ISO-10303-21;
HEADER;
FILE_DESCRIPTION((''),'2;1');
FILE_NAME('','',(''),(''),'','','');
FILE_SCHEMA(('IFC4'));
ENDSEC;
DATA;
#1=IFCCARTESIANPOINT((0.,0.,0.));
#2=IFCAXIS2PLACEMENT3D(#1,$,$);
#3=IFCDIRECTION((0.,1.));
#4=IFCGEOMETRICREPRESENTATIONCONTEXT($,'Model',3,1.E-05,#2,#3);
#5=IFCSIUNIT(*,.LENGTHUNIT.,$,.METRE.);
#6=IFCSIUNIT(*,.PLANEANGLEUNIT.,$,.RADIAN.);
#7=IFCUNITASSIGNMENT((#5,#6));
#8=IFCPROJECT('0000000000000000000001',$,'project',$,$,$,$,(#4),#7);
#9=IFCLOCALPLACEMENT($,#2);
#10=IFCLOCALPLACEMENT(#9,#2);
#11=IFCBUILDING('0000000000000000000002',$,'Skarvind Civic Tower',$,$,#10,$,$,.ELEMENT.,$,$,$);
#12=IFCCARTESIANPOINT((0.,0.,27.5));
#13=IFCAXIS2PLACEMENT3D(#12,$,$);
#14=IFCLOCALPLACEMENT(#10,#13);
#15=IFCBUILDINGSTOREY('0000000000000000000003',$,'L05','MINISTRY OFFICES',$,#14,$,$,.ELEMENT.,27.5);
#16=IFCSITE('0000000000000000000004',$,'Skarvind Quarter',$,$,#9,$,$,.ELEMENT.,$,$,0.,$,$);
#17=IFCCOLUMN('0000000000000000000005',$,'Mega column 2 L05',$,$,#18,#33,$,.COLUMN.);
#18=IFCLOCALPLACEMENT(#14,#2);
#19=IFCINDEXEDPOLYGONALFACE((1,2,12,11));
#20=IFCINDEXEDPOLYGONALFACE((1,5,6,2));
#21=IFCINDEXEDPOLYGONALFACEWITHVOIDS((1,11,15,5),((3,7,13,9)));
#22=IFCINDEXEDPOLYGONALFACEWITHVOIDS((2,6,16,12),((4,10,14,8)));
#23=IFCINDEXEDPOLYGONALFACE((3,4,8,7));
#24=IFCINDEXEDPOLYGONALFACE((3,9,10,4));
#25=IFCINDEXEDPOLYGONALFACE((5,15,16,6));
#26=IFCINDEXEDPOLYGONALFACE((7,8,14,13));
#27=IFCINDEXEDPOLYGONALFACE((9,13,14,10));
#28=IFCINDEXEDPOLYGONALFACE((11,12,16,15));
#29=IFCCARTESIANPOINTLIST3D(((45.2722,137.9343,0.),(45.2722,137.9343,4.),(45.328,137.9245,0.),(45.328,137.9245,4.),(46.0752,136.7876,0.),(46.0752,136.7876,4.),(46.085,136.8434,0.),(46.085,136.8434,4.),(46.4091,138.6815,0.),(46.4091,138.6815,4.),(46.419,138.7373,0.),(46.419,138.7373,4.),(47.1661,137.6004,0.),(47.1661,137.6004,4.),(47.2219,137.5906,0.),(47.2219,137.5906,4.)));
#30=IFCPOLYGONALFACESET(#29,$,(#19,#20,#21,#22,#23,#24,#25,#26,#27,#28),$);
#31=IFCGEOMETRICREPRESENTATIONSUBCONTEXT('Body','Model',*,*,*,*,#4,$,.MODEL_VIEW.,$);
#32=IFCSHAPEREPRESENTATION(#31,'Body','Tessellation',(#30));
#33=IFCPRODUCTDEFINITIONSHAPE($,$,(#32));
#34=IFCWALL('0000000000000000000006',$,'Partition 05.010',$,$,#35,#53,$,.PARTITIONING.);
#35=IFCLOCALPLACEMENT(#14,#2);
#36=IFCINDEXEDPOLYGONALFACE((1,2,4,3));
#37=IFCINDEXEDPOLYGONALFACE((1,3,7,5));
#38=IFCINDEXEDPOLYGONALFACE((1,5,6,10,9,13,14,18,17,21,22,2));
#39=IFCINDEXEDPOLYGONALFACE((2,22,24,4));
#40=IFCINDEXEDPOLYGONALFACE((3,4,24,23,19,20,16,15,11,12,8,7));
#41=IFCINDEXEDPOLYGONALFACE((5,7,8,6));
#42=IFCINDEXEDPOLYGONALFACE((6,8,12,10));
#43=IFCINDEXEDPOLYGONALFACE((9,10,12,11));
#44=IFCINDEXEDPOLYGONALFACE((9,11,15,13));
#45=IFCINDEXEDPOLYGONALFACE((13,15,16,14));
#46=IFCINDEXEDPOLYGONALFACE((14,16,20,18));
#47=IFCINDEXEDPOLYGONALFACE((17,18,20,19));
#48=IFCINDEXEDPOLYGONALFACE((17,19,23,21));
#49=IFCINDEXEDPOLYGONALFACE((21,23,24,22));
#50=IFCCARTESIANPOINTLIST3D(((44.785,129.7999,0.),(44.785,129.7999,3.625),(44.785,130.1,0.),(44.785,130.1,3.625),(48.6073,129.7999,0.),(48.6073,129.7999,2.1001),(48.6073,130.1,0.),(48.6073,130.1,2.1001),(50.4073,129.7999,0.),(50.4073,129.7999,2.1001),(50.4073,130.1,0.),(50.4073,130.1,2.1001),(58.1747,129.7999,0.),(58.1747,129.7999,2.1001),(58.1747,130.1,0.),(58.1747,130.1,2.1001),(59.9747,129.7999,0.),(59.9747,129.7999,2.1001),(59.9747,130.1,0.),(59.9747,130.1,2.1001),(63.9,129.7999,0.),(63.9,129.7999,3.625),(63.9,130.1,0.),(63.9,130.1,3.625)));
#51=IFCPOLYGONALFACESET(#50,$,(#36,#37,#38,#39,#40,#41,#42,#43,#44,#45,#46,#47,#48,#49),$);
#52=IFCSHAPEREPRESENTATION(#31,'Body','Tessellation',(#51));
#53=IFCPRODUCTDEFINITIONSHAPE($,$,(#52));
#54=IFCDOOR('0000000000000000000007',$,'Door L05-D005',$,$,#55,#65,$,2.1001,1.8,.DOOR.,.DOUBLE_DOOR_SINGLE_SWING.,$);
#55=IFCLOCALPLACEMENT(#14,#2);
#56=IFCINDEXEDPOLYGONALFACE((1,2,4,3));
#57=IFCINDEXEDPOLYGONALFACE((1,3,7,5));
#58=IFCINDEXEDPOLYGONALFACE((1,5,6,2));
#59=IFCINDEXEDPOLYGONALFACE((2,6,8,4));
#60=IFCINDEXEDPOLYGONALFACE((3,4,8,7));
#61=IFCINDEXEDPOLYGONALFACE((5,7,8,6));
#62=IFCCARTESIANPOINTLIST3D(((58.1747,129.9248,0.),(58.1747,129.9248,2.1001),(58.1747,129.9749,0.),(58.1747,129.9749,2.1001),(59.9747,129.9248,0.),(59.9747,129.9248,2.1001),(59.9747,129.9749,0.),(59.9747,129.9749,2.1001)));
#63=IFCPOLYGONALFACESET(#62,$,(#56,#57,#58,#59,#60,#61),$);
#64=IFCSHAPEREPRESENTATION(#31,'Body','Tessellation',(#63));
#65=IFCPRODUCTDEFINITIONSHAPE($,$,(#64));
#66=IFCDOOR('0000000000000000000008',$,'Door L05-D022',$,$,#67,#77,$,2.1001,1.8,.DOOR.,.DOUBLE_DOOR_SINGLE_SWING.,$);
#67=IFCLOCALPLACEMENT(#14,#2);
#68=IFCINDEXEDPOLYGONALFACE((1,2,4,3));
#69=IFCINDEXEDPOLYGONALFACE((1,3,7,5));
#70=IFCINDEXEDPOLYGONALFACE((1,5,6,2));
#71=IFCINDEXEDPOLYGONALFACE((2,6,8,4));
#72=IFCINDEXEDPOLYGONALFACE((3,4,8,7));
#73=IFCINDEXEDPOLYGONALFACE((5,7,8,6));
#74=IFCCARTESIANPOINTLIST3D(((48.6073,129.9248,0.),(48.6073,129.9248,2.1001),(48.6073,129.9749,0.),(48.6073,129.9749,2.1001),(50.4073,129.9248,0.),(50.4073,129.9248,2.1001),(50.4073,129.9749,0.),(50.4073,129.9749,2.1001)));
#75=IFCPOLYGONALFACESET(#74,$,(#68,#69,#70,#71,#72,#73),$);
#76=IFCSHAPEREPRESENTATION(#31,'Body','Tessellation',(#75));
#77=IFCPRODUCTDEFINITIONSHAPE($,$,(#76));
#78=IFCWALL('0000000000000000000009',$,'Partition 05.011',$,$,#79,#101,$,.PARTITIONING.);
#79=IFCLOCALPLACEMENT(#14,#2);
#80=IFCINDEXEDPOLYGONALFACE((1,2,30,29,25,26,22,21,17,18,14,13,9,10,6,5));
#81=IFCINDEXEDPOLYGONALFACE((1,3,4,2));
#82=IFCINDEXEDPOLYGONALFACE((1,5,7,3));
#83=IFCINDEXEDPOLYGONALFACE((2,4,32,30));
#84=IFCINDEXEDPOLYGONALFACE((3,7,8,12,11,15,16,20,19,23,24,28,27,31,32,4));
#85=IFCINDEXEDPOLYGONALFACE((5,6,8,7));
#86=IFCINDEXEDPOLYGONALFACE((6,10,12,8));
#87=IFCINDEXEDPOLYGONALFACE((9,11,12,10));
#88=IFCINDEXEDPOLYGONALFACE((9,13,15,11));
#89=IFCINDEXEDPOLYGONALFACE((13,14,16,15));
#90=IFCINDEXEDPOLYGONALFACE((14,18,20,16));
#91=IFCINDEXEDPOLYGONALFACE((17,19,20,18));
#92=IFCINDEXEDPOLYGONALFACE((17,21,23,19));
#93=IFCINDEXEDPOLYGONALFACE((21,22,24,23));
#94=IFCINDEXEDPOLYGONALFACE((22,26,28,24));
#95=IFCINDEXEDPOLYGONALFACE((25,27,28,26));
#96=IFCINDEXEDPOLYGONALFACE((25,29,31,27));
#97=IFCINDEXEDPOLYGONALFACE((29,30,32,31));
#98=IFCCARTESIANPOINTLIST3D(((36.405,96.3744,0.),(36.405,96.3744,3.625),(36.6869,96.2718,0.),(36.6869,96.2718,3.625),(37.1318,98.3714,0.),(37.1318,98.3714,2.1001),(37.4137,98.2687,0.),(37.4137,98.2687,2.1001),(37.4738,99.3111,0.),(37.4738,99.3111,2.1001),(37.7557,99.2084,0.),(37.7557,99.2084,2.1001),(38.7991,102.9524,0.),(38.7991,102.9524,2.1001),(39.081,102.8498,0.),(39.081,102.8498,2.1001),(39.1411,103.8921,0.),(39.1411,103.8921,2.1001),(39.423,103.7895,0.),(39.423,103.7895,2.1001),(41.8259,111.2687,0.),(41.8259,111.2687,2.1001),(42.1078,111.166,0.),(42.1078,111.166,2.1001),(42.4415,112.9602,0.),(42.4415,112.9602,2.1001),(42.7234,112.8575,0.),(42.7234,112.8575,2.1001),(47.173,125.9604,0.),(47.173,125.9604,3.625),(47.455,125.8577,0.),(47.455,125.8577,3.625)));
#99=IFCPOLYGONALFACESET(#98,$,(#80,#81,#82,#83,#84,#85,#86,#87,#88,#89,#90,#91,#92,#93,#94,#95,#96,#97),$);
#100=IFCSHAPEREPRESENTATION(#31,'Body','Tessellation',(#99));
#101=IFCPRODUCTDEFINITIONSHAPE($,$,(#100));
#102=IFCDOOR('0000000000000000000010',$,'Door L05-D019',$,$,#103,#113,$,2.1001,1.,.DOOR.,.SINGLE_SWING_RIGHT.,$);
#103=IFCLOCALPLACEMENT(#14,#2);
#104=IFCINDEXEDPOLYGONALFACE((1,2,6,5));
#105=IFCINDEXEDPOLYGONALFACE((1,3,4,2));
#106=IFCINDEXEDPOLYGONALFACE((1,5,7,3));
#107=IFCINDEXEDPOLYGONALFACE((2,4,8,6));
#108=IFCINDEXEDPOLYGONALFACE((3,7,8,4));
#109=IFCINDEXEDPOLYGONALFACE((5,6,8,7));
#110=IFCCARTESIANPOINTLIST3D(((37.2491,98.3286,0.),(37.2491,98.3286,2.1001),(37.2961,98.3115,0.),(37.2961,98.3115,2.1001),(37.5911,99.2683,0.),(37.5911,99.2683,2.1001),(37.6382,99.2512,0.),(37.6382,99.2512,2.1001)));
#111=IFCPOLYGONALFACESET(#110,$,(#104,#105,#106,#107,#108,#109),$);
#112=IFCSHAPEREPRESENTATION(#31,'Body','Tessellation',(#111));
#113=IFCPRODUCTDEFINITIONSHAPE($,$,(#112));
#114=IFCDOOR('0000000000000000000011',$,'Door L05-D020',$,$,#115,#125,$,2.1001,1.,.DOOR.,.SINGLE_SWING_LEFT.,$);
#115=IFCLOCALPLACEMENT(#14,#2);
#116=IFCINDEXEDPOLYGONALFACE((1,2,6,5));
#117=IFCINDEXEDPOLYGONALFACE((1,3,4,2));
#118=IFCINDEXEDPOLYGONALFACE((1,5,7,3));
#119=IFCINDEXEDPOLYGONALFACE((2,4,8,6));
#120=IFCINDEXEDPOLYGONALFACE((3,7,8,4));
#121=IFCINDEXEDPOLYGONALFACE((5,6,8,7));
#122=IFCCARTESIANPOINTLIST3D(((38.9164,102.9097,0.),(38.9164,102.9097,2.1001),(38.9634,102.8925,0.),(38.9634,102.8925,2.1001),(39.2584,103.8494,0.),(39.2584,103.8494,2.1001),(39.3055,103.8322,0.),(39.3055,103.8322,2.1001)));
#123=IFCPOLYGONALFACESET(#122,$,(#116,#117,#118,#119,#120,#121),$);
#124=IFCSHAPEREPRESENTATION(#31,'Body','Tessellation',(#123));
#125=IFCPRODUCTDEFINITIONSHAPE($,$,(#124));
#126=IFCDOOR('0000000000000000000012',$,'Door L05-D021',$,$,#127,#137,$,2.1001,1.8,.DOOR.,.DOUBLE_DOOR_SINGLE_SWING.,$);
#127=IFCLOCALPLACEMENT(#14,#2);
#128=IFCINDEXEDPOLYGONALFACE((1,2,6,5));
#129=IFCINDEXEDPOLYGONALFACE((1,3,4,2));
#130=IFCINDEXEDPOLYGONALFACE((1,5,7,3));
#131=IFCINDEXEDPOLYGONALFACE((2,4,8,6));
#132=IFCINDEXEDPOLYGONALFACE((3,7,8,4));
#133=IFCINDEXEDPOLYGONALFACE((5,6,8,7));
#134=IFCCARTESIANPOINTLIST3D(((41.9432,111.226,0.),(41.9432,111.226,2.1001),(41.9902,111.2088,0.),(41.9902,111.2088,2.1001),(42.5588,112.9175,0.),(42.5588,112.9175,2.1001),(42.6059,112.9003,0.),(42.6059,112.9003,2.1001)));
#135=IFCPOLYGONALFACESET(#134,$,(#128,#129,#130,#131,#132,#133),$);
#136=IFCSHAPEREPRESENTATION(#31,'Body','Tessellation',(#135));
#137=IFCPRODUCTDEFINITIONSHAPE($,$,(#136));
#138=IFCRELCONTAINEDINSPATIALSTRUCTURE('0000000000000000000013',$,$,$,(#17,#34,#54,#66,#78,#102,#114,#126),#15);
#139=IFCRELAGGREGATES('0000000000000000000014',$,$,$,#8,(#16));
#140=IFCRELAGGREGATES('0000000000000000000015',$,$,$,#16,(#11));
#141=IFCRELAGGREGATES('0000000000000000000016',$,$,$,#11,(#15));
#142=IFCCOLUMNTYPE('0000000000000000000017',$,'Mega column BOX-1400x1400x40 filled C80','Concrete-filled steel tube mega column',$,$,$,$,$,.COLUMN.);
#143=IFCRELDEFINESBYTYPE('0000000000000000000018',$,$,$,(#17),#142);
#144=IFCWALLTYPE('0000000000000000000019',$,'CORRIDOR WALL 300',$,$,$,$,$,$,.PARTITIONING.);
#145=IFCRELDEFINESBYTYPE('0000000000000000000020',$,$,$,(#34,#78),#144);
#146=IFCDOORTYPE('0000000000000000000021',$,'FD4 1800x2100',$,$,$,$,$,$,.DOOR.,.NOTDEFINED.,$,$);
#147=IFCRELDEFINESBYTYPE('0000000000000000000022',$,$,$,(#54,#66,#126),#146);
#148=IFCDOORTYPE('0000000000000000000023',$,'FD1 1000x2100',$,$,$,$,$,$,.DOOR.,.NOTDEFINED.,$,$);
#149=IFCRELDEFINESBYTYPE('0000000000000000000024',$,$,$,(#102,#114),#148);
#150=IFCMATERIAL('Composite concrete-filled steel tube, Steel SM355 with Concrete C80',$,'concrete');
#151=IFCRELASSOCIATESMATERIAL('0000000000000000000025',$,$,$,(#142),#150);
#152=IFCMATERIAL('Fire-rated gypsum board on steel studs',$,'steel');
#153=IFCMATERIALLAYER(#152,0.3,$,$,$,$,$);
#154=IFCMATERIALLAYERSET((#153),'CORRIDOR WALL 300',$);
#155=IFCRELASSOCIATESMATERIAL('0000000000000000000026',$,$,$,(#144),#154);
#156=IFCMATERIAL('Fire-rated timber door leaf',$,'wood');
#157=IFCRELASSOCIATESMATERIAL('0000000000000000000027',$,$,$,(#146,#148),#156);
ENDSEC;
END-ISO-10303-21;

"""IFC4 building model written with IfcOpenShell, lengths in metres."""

from ifc_helpers import new_model, si_unit, direction, frame, frame_2d, origin, origin_2d, place, context, subcontext, project, spatial, rectangle, hollow_rectangle, extrude, material, layer, layer_set, material_profile, profile_set, type_object, element, fill, save


model = new_model("IFC4")

# Units and contexts
model_context = context("Model", 3, precision=1e-05, world=origin(), true_north=direction((0.0, 1.0)))
body_context = subcontext(model_context, "Body", "Model", "MODEL_VIEW")
ifc_project = project(units=[si_unit("LENGTHUNIT", "METRE"), si_unit("PLANEANGLEUNIT", "RADIAN")], contexts=[model_context])

# Site, building, storey
site_placement = place(None, origin())
site = spatial("IfcSite", under=ifc_project, at=site_placement, Name="Skarvind Quarter", CompositionType="ELEMENT", RefElevation=0.0)
building_placement = place(site_placement, origin())
building = spatial("IfcBuilding", under=site, at=building_placement, Name="Skarvind Civic Tower", CompositionType="ELEMENT")
storey_placement = place(building_placement, frame((0.0, 0.0, 27.5)))
storey = spatial("IfcBuildingStorey", under=building, at=storey_placement, Name="L05", Description="MINISTRY OFFICES", CompositionType="ELEMENT", Elevation=27.5)

# Column
ifc_material_1 = material(Name="Composite concrete-filled steel tube, Steel SM355 with Concrete C80", Category="concrete")
ifc_material_profile = material_profile(ifc_material_1, hollow_rectangle(XDim=1.3999, YDim=1.3999, WallThickness=0.04, at=origin_2d()), Name="BOX-1400x1400x40")
ifc_profile_set = profile_set([ifc_material_profile], Name="Composite concrete-filled steel tube, Steel SM355 with Concrete C80")
column_type = type_object("IfcColumnType", Name="Mega column BOX-1400x1400x40 filled C80", Description="Concrete-filled steel tube mega column", PredefinedType="COLUMN", material=ifc_profile_set)
column_placement = place(storey_placement, frame((46.2471, 137.7625, 0.0), z_axis=(0.0, 0.0, 1.0), x_axis=(0.573576, -0.819152, 0.0)))
element("IfcColumn", 1, at=column_placement, inside=storey, type_object=column_type, Name="Mega column 2 L05", PredefinedType="COLUMN", context=body_context, shape_type="SweptSolid", body=[
    extrude(hollow_rectangle(XDim=1.3999, YDim=1.3999, WallThickness=0.04, at=origin_2d()), origin(), (0.0, 0.0, 1.0), 4.0),
])

# Walls, openings, doors
ifc_material_2 = material(Name="Fire-rated gypsum board on steel studs", Category="steel")
ifc_layer_1 = layer(ifc_material_2, 0.3)
ifc_layer_set_1 = layer_set([ifc_layer_1], Name="CORRIDOR WALL 300")
wall_type_1 = type_object("IfcWallType", Name="CORRIDOR WALL 300", PredefinedType="PARTITIONING", material=ifc_layer_set_1)
wall_1_placement = place(storey_placement, frame((44.7849, 129.95, 0.0), z_axis=(0.0, 0.0, 1.0), x_axis=(1.0, 0.0, 0.0)))
wall_1 = element("IfcWall", 2, at=wall_1_placement, inside=storey, type_object=wall_type_1, Name="Partition 05.010", PredefinedType="PARTITIONING", context=body_context, shape_type="SweptSolid", body=[
    extrude(rectangle(XDim=19.115, YDim=0.3, at=frame_2d((9.5576, 0.0))), origin(), (0.0, 0.0, 1.0), 3.625),
])
opening_1_placement = place(wall_1_placement, frame((13.3899, 0.0, 0.0)))
opening_1 = element("IfcOpeningElement", 3, at=opening_1_placement, cuts=wall_1, PredefinedType="OPENING", context=body_context, shape_type="SweptSolid", body=[
    extrude(rectangle(XDim=1.8, YDim=2.1001, at=frame_2d((0.8999, 1.05))), frame((0.0, 0.1599, 0.0), z_axis=(0.0, -1.0, 0.0), x_axis=(1.0, 0.0, 0.0)), (0.0, 0.0, 1.0), 0.3201),
])
opening_2_placement = place(wall_1_placement, frame((3.8225, 0.0, 0.0)))
opening_2 = element("IfcOpeningElement", 4, at=opening_2_placement, cuts=wall_1, PredefinedType="OPENING", context=body_context, shape_type="SweptSolid", body=[
    extrude(rectangle(XDim=1.8, YDim=2.1001, at=frame_2d((0.8999, 1.05))), frame((0.0, 0.1599, 0.0), z_axis=(0.0, -1.0, 0.0), x_axis=(1.0, 0.0, 0.0)), (0.0, 0.0, 1.0), 0.3201),
])
ifc_material_3 = material(Name="Fire-rated timber door leaf", Category="wood")
door_type_1 = type_object("IfcDoorType", Name="FD4 1800x2100", OperationType="NOTDEFINED", PredefinedType="DOOR", material=ifc_material_3)
door_1_placement = place(opening_1_placement, origin())
door_1 = element("IfcDoor", 5, at=door_1_placement, inside=storey, type_object=door_type_1, Name="Door L05-D005", OperationType="DOUBLE_DOOR_SINGLE_SWING", OverallHeight=2.1001, OverallWidth=1.8, PredefinedType="DOOR", context=body_context, shape_type="SweptSolid", body=[
    extrude(rectangle(XDim=1.8, YDim=2.1001, at=frame_2d((0.8999, 1.05))), frame((0.0, 0.0249, 0.0), z_axis=(0.0, -1.0, 0.0), x_axis=(1.0, 0.0, 0.0)), (0.0, 0.0, 1.0), 0.05),
])
fill(opening_1, door_1)
door_2_placement = place(opening_2_placement, origin())
door_2 = element("IfcDoor", 6, at=door_2_placement, inside=storey, type_object=door_type_1, Name="Door L05-D022", OperationType="DOUBLE_DOOR_SINGLE_SWING", OverallHeight=2.1001, OverallWidth=1.8, PredefinedType="DOOR", context=body_context, shape_type="SweptSolid", body=[
    extrude(rectangle(XDim=1.8, YDim=2.1001, at=frame_2d((0.8999, 1.05))), frame((0.0, 0.0249, 0.0), z_axis=(0.0, -1.0, 0.0), x_axis=(1.0, 0.0, 0.0)), (0.0, 0.0, 1.0), 0.05),
])
fill(opening_2, door_2)
wall_2_placement = place(storey_placement, frame((47.314, 125.9089, 0.0), z_axis=(0.0, 0.0, 1.0), x_axis=(-0.342011, -0.939696, 0.0)))
wall_2 = element("IfcWall", 7, at=wall_2_placement, inside=storey, type_object=wall_type_1, Name="Partition 05.011", PredefinedType="PARTITIONING", context=body_context, shape_type="SweptSolid", body=[
    extrude(rectangle(XDim=31.4846, YDim=0.3, at=frame_2d((15.7422, 0.0))), origin(), (0.0, 0.0, 1.0), 3.625),
])
opening_3_placement = place(wall_2_placement, frame((28.3594, 0.0, 0.0)))
opening_3 = element("IfcOpeningElement", 8, at=opening_3_placement, cuts=wall_2, PredefinedType="OPENING", context=body_context, shape_type="SweptSolid", body=[
    extrude(rectangle(XDim=1.0, YDim=2.1001, at=frame_2d((0.5, 1.05))), frame((0.0, 0.1599, 0.0), z_axis=(0.0, -1.0, 0.0), x_axis=(1.0, 0.0, 0.0)), (0.0, 0.0, 1.0), 0.3201),
])
opening_4_placement = place(wall_2_placement, frame((23.4844, 0.0, 0.0)))
opening_4 = element("IfcOpeningElement", 9, at=opening_4_placement, cuts=wall_2, PredefinedType="OPENING", context=body_context, shape_type="SweptSolid", body=[
    extrude(rectangle(XDim=1.0, YDim=2.1001, at=frame_2d((0.5, 1.05))), frame((0.0, 0.1599, 0.0), z_axis=(0.0, -1.0, 0.0), x_axis=(1.0, 0.0, 0.0)), (0.0, 0.0, 1.0), 0.3201),
])
opening_5_placement = place(wall_2_placement, frame((13.8345, 0.0, 0.0)))
opening_5 = element("IfcOpeningElement", 10, at=opening_5_placement, cuts=wall_2, PredefinedType="OPENING", context=body_context, shape_type="SweptSolid", body=[
    extrude(rectangle(XDim=1.8, YDim=2.1001, at=frame_2d((0.8999, 1.05))), frame((0.0, 0.1599, 0.0), z_axis=(0.0, -1.0, 0.0), x_axis=(1.0, 0.0, 0.0)), (0.0, 0.0, 1.0), 0.3201),
])
door_type_2 = type_object("IfcDoorType", Name="FD1 1000x2100", OperationType="NOTDEFINED", PredefinedType="DOOR", material=ifc_material_3)
door_3_placement = place(opening_3_placement, origin())
door_3 = element("IfcDoor", 11, at=door_3_placement, inside=storey, type_object=door_type_2, Name="Door L05-D019", OperationType="SINGLE_SWING_RIGHT", OverallHeight=2.1001, OverallWidth=1.0, PredefinedType="DOOR", context=body_context, shape_type="SweptSolid", body=[
    extrude(rectangle(XDim=1.0, YDim=2.1001, at=frame_2d((0.5, 1.05))), frame((0.0, 0.0249, 0.0), z_axis=(0.0, -1.0, 0.0), x_axis=(1.0, 0.0, 0.0)), (0.0, 0.0, 1.0), 0.05),
])
fill(opening_3, door_3)
door_4_placement = place(opening_4_placement, origin())
door_4 = element("IfcDoor", 12, at=door_4_placement, inside=storey, type_object=door_type_2, Name="Door L05-D020", OperationType="SINGLE_SWING_LEFT", OverallHeight=2.1001, OverallWidth=1.0, PredefinedType="DOOR", context=body_context, shape_type="SweptSolid", body=[
    extrude(rectangle(XDim=1.0, YDim=2.1001, at=frame_2d((0.5, 1.05))), frame((0.0, 0.0249, 0.0), z_axis=(0.0, -1.0, 0.0), x_axis=(1.0, 0.0, 0.0)), (0.0, 0.0, 1.0), 0.05),
])
fill(opening_4, door_4)
door_5_placement = place(opening_5_placement, origin())
door_5 = element("IfcDoor", 13, at=door_5_placement, inside=storey, type_object=door_type_1, Name="Door L05-D021", OperationType="DOUBLE_DOOR_SINGLE_SWING", OverallHeight=2.1001, OverallWidth=1.8, PredefinedType="DOOR", context=body_context, shape_type="SweptSolid", body=[
    extrude(rectangle(XDim=1.8, YDim=2.1001, at=frame_2d((0.8999, 1.05))), frame((0.0, 0.0249, 0.0), z_axis=(0.0, -1.0, 0.0), x_axis=(1.0, 0.0, 0.0)), (0.0, 0.0, 1.0), 0.05),
])
fill(opening_5, door_5)

save(model, "model.ifc")
